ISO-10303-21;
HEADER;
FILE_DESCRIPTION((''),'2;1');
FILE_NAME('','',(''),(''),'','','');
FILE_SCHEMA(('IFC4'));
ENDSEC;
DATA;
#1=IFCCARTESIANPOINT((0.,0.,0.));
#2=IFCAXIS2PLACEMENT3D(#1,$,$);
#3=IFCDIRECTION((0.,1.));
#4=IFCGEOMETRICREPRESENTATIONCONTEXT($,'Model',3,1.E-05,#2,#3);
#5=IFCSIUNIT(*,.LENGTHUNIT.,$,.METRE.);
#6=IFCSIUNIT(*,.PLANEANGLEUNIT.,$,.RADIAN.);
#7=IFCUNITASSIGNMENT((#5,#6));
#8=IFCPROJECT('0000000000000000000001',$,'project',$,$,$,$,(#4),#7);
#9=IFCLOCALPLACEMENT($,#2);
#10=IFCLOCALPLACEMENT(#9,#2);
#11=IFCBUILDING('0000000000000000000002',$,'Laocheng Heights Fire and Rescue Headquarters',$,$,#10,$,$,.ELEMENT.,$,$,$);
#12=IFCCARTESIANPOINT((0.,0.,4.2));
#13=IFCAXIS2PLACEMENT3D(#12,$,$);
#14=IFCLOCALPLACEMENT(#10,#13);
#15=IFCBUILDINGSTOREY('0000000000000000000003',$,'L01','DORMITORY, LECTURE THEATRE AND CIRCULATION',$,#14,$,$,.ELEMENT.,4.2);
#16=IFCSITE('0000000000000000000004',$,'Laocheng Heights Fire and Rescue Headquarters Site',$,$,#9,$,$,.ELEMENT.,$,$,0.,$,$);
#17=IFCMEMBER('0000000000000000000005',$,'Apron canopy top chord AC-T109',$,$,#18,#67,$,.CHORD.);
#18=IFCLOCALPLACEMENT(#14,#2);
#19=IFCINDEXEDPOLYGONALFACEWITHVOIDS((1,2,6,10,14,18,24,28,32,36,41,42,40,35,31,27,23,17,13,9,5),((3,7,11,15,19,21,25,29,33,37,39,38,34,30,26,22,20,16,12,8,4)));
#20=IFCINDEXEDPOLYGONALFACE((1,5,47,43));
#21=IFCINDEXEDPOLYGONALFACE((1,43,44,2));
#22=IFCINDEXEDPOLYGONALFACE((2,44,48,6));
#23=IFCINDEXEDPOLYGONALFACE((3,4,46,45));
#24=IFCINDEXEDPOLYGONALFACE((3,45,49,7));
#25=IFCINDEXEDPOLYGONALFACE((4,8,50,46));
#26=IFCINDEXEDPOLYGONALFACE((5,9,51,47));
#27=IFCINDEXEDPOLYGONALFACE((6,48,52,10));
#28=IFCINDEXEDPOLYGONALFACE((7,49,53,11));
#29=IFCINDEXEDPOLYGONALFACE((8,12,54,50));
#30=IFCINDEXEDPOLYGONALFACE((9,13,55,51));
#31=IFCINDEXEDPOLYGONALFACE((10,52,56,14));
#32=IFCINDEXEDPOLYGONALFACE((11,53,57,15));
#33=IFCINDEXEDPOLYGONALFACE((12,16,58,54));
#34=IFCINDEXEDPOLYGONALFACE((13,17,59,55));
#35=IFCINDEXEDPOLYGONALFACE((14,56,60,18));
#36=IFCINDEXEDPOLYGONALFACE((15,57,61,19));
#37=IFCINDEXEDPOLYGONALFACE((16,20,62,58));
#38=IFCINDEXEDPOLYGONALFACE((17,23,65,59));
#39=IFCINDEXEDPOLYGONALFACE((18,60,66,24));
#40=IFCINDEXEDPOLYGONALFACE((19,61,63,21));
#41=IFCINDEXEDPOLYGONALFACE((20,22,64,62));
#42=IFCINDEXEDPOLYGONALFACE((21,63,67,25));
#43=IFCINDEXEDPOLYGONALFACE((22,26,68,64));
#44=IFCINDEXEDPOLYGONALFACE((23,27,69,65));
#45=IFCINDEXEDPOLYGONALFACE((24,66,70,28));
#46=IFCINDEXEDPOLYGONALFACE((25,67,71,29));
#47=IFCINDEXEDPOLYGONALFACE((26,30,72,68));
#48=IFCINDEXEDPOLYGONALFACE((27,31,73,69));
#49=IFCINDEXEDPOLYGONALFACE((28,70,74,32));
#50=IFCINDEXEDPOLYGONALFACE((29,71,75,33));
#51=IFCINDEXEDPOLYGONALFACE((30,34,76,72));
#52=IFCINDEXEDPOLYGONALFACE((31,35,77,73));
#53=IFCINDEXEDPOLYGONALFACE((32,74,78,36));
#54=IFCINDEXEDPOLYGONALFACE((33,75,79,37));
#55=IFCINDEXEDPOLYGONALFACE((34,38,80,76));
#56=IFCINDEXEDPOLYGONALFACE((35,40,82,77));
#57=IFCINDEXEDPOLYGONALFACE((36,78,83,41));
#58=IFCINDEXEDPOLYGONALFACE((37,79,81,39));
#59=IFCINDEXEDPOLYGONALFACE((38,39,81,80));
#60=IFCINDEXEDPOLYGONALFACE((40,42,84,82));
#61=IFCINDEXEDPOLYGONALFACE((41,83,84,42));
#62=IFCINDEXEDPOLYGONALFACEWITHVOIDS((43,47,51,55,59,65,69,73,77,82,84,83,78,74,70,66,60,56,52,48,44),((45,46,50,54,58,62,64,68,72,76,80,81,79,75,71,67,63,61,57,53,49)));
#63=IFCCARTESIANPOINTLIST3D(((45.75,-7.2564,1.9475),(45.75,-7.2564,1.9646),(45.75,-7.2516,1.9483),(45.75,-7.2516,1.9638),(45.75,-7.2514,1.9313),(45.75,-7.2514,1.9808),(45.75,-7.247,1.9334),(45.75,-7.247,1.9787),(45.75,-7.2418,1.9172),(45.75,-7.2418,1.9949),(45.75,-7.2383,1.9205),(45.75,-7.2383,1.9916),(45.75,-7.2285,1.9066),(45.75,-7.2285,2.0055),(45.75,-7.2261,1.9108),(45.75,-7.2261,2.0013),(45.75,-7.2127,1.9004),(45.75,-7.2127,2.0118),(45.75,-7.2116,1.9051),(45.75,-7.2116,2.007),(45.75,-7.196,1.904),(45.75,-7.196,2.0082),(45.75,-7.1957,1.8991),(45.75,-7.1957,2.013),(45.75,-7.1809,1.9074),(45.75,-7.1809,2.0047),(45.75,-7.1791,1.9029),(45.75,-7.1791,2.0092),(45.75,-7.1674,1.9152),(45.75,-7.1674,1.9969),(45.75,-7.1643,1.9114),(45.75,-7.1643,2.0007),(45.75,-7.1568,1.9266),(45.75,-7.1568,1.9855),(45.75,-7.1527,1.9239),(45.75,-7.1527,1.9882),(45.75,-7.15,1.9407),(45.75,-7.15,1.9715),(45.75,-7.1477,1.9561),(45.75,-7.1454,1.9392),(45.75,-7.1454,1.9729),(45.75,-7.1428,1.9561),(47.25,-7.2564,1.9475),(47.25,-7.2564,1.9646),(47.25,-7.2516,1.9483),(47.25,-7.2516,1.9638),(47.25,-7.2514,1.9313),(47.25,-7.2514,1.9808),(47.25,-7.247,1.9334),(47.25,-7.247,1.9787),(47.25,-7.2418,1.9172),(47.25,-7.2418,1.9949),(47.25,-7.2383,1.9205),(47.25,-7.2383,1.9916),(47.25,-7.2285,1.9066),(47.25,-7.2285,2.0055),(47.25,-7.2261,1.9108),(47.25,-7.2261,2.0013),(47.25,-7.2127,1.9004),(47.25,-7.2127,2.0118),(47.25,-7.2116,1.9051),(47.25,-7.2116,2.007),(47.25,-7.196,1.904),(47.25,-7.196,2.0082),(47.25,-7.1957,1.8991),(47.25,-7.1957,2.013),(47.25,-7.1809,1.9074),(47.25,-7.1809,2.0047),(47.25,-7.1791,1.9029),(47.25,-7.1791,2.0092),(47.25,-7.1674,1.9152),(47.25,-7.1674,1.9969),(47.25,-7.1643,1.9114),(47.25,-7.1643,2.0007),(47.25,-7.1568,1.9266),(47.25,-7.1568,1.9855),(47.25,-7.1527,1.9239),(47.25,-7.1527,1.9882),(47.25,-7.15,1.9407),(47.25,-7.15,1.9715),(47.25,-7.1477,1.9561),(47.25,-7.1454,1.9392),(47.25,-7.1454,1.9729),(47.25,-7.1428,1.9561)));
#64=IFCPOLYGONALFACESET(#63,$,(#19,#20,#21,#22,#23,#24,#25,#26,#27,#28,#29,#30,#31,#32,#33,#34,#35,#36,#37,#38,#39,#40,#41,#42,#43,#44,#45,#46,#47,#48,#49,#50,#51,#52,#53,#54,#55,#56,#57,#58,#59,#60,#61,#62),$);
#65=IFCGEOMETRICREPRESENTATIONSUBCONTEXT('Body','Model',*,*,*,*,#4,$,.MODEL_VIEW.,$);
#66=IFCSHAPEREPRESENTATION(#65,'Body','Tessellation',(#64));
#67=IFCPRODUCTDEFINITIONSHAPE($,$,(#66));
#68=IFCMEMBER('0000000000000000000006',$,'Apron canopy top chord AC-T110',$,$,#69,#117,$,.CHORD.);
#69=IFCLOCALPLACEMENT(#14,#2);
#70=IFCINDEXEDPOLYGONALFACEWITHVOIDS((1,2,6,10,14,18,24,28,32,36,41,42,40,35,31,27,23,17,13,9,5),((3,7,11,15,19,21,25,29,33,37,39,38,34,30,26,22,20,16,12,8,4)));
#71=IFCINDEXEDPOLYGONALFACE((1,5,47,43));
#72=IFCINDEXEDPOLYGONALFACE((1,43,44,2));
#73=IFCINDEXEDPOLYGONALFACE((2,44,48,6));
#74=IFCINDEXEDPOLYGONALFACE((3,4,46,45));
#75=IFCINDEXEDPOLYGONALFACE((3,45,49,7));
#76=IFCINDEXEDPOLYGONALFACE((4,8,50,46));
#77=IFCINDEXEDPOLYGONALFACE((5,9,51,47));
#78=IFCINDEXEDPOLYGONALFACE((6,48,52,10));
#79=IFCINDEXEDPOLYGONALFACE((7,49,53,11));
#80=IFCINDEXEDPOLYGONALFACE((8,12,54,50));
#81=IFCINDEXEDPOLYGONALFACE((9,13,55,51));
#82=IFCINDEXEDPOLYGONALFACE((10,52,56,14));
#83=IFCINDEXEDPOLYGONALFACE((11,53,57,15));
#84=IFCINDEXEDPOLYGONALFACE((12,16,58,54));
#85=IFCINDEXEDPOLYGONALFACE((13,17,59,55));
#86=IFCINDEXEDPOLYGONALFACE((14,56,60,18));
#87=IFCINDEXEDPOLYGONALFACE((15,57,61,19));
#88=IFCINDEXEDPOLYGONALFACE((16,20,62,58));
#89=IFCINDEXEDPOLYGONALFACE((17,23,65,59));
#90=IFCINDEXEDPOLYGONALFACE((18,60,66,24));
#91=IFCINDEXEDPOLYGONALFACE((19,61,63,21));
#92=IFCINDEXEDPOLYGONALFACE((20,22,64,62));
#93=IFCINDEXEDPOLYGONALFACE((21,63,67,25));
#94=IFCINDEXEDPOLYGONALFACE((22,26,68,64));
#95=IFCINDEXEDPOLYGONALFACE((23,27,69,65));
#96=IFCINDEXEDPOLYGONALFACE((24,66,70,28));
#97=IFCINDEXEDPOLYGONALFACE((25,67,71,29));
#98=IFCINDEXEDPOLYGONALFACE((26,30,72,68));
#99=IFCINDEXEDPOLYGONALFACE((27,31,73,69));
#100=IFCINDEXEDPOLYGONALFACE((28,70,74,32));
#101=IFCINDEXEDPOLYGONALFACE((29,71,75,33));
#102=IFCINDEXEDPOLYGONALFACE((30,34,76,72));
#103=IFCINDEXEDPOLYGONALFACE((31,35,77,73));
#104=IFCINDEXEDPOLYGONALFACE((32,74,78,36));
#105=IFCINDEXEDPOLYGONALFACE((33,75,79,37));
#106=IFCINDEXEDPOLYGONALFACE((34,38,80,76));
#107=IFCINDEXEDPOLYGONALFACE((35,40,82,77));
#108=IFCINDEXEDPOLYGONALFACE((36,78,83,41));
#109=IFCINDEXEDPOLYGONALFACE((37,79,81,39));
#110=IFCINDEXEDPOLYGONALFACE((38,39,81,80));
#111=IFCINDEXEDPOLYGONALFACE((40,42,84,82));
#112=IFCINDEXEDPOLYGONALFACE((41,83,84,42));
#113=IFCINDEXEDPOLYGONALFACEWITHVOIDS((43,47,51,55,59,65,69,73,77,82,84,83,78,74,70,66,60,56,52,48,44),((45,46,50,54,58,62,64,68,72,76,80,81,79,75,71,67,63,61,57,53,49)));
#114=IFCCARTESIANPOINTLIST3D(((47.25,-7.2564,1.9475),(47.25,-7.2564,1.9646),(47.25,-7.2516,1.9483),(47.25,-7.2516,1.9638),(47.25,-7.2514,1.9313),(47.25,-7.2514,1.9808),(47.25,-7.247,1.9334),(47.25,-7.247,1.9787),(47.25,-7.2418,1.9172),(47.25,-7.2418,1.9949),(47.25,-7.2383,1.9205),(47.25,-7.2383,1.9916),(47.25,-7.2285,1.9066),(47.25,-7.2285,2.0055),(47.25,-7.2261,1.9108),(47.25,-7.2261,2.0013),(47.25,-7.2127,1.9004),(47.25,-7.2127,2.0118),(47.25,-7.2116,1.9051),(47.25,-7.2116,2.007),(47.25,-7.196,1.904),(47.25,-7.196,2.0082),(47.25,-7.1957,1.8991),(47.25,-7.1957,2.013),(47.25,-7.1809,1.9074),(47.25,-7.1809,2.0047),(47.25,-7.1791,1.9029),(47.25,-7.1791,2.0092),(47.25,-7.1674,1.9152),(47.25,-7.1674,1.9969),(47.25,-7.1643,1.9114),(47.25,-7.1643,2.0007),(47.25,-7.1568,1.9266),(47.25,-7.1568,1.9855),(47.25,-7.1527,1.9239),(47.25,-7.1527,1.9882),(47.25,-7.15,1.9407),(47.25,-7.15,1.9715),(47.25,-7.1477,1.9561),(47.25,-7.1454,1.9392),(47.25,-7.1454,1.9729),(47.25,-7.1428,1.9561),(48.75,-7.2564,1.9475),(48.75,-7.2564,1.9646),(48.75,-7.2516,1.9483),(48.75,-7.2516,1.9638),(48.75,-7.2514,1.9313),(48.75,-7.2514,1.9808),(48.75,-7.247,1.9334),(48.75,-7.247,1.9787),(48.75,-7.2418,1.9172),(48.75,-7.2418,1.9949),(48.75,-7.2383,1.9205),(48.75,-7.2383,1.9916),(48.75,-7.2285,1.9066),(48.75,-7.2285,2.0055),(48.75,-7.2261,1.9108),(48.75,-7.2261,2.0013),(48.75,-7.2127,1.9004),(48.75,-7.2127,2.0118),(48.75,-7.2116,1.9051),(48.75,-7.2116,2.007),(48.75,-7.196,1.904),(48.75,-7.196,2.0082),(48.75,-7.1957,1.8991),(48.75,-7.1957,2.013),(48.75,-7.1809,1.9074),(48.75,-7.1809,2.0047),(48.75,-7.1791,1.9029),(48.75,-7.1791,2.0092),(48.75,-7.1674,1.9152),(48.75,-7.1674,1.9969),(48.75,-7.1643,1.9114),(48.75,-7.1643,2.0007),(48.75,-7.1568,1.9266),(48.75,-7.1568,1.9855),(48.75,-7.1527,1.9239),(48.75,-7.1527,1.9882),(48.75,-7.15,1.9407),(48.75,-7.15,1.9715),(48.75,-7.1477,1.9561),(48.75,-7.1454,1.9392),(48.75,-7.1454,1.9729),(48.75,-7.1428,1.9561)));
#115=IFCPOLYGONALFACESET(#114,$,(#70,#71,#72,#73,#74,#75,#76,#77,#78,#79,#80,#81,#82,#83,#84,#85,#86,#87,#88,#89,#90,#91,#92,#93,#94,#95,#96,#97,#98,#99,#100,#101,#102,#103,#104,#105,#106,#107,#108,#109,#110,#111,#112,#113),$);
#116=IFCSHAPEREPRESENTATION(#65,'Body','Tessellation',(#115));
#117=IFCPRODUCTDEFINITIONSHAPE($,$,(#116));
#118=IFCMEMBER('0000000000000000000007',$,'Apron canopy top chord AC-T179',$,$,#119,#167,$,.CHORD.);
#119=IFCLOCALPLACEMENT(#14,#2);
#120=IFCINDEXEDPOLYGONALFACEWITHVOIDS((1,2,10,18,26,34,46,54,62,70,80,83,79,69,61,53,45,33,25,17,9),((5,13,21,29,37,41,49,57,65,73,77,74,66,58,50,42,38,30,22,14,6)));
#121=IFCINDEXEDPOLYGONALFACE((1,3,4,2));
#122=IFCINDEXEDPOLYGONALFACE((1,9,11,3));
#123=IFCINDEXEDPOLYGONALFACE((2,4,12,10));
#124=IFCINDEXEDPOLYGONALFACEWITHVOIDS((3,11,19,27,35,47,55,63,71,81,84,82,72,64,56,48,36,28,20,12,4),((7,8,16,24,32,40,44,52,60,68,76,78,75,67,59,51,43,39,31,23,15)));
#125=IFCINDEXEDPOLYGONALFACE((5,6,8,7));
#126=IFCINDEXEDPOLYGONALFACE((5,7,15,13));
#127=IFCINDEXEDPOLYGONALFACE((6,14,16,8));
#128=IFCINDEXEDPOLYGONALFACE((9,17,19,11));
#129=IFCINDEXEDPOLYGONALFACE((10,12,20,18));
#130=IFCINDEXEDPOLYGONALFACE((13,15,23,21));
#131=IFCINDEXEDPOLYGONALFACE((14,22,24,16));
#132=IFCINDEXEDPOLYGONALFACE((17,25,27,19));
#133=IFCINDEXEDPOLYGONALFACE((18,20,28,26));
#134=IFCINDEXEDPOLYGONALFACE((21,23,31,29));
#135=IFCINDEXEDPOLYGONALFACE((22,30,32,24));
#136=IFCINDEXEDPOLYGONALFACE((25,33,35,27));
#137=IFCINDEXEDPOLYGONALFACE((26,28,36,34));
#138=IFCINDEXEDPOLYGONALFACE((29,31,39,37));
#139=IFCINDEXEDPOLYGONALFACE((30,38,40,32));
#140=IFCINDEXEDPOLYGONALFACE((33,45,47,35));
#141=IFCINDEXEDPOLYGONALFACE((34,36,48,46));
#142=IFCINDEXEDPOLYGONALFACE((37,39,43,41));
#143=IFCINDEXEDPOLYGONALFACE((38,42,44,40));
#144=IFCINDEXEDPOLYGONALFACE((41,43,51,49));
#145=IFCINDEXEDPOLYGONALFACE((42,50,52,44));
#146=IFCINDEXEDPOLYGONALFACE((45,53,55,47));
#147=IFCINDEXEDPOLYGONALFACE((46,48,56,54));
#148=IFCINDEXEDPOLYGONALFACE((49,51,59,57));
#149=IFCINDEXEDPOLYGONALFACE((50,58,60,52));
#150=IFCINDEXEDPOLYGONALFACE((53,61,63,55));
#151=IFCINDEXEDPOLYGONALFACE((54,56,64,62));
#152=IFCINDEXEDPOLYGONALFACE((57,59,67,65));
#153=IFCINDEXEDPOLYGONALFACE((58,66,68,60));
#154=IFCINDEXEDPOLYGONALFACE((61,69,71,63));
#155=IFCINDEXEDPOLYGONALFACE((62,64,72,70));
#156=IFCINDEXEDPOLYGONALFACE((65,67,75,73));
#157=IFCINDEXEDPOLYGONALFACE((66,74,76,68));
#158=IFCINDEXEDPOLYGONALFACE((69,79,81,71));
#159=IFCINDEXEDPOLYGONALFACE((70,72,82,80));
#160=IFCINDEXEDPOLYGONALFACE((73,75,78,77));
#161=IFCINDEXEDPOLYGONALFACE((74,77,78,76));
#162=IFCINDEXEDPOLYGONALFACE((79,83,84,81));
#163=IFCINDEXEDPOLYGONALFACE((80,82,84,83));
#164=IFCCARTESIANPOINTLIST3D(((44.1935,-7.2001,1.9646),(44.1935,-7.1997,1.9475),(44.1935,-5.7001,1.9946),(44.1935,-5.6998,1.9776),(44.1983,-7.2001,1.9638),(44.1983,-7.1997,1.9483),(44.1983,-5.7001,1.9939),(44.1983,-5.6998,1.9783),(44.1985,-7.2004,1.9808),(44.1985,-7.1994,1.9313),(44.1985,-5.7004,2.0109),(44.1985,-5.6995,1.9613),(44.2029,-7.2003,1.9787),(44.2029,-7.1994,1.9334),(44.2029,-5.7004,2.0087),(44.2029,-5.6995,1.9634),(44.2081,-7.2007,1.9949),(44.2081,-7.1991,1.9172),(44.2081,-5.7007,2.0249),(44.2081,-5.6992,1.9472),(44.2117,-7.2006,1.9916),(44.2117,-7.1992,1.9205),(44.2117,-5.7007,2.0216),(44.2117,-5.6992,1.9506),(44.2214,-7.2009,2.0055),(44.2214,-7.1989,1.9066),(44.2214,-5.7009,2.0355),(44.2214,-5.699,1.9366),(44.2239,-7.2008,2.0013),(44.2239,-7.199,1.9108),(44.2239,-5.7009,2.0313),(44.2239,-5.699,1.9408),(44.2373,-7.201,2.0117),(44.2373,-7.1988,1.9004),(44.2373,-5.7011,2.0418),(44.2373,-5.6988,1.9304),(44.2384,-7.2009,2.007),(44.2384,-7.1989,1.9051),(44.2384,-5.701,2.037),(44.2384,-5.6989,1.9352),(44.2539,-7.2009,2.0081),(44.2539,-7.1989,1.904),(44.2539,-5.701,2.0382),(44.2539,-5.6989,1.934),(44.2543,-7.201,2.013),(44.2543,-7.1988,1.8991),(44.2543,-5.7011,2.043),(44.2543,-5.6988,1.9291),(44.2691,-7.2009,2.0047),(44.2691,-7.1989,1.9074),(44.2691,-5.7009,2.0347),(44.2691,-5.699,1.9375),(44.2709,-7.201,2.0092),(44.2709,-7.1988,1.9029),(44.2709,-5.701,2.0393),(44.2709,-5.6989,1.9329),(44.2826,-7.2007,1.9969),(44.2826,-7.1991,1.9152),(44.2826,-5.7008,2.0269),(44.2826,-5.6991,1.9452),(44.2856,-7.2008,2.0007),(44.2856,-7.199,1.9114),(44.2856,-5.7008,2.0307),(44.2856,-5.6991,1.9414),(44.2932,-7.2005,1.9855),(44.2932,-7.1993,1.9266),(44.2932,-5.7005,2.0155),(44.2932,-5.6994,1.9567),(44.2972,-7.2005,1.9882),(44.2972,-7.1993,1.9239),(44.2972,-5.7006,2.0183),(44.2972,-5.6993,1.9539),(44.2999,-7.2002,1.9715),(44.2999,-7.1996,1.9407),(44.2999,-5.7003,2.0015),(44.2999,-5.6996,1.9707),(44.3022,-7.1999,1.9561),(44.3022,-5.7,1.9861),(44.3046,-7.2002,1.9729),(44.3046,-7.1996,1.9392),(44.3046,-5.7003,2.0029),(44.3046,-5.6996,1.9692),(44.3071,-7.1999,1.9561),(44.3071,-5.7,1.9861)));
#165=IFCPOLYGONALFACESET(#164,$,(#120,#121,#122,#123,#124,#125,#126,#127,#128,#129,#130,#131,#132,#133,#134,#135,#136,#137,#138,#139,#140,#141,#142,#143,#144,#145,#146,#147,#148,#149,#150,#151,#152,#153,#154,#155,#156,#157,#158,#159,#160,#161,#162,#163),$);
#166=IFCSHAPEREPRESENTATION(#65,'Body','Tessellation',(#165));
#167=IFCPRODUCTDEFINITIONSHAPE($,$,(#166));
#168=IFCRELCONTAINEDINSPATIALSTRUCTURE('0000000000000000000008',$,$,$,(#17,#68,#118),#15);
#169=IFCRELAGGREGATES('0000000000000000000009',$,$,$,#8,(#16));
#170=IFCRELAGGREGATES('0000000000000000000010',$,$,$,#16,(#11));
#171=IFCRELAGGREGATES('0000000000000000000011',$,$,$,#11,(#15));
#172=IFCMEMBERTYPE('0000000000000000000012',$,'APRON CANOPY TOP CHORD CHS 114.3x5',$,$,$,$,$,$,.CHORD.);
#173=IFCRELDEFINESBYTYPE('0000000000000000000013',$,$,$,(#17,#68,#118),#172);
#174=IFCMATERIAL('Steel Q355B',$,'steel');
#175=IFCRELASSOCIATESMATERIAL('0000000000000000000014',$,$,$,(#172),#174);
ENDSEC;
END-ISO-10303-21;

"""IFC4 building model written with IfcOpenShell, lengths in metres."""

from ifc_helpers import new_model, si_unit, direction, frame, origin, origin_2d, place, context, subcontext, project, spatial, hollow_circle, extrude, material, material_profile, profile_set, type_object, element, save


model = new_model("IFC4")

# Units and contexts
model_context = context("Model", 3, precision=1e-05, world=origin(), true_north=direction((0.0, 1.0)))
body_context = subcontext(model_context, "Body", "Model", "MODEL_VIEW")
ifc_project = project(units=[si_unit("LENGTHUNIT", "METRE"), si_unit("PLANEANGLEUNIT", "RADIAN")], contexts=[model_context])

# Site, building, storey
site_placement = place(None, origin())
site = spatial("IfcSite", under=ifc_project, at=site_placement, Name="Laocheng Heights Fire and Rescue Headquarters Site", CompositionType="ELEMENT", RefElevation=0.0)
building_placement = place(site_placement, origin())
building = spatial("IfcBuilding", under=site, at=building_placement, Name="Laocheng Heights Fire and Rescue Headquarters", CompositionType="ELEMENT")
storey_placement = place(building_placement, frame((0.0, 0.0, 4.2)))
storey = spatial("IfcBuildingStorey", under=building, at=storey_placement, Name="L01", Description="DORMITORY, LECTURE THEATRE AND CIRCULATION", CompositionType="ELEMENT", Elevation=4.2)

# Members
ifc_material_1 = material(Name="Steel Q355B", Category="steel")
ifc_material_profile_1 = material_profile(ifc_material_1, hollow_circle(Radius=0.0571, WallThickness=0.0049, at=origin_2d()), Name="CHS 114.3x5")
ifc_profile_set_1 = profile_set([ifc_material_profile_1], Name="Steel Q355B")
member_type_1 = type_object("IfcMemberType", Name="APRON CANOPY TOP CHORD CHS 114.3x5", PredefinedType="CHORD", material=ifc_profile_set_1)
for number, where, z_axis, x_axis, name in (
    (1, (45.75, -7.2, 1.9561), (1.0, 0.0, 0.0), (0.0, 1.0, 0.0), "Apron canopy top chord AC-T109"),
    (2, (47.25, -7.2, 1.9561), (1.0, 0.0, 0.0), (0.0, 1.0, 0.0), "Apron canopy top chord AC-T110"),
):
    element("IfcMember", number, at=place(storey_placement, frame(where, z_axis=z_axis, x_axis=x_axis)), inside=storey, type_object=member_type_1, Name=name, PredefinedType="CHORD", context=body_context, shape_type="SweptSolid", body=[
        extrude(hollow_circle(Radius=0.0571, WallThickness=0.0049, at=origin_2d()), origin(), (0.0, 0.0, 1.0), 1.5),
    ])
for number, where, z_axis, x_axis, name in (
    (3, (44.25, -5.7, 1.9861), (0.0, -0.9998, -0.020016), (1.0, 0.0, 0.0), "Apron canopy top chord AC-T179"),
):
    element("IfcMember", number, at=place(storey_placement, frame(where, z_axis=z_axis, x_axis=x_axis)), inside=storey, type_object=member_type_1, Name=name, PredefinedType="CHORD", context=body_context, shape_type="SweptSolid", body=[
        extrude(hollow_circle(Radius=0.0571, WallThickness=0.0049, at=origin_2d()), origin(), (0.0, 0.0, 1.0), 1.5002),
    ])

save(model, "model.ifc")
